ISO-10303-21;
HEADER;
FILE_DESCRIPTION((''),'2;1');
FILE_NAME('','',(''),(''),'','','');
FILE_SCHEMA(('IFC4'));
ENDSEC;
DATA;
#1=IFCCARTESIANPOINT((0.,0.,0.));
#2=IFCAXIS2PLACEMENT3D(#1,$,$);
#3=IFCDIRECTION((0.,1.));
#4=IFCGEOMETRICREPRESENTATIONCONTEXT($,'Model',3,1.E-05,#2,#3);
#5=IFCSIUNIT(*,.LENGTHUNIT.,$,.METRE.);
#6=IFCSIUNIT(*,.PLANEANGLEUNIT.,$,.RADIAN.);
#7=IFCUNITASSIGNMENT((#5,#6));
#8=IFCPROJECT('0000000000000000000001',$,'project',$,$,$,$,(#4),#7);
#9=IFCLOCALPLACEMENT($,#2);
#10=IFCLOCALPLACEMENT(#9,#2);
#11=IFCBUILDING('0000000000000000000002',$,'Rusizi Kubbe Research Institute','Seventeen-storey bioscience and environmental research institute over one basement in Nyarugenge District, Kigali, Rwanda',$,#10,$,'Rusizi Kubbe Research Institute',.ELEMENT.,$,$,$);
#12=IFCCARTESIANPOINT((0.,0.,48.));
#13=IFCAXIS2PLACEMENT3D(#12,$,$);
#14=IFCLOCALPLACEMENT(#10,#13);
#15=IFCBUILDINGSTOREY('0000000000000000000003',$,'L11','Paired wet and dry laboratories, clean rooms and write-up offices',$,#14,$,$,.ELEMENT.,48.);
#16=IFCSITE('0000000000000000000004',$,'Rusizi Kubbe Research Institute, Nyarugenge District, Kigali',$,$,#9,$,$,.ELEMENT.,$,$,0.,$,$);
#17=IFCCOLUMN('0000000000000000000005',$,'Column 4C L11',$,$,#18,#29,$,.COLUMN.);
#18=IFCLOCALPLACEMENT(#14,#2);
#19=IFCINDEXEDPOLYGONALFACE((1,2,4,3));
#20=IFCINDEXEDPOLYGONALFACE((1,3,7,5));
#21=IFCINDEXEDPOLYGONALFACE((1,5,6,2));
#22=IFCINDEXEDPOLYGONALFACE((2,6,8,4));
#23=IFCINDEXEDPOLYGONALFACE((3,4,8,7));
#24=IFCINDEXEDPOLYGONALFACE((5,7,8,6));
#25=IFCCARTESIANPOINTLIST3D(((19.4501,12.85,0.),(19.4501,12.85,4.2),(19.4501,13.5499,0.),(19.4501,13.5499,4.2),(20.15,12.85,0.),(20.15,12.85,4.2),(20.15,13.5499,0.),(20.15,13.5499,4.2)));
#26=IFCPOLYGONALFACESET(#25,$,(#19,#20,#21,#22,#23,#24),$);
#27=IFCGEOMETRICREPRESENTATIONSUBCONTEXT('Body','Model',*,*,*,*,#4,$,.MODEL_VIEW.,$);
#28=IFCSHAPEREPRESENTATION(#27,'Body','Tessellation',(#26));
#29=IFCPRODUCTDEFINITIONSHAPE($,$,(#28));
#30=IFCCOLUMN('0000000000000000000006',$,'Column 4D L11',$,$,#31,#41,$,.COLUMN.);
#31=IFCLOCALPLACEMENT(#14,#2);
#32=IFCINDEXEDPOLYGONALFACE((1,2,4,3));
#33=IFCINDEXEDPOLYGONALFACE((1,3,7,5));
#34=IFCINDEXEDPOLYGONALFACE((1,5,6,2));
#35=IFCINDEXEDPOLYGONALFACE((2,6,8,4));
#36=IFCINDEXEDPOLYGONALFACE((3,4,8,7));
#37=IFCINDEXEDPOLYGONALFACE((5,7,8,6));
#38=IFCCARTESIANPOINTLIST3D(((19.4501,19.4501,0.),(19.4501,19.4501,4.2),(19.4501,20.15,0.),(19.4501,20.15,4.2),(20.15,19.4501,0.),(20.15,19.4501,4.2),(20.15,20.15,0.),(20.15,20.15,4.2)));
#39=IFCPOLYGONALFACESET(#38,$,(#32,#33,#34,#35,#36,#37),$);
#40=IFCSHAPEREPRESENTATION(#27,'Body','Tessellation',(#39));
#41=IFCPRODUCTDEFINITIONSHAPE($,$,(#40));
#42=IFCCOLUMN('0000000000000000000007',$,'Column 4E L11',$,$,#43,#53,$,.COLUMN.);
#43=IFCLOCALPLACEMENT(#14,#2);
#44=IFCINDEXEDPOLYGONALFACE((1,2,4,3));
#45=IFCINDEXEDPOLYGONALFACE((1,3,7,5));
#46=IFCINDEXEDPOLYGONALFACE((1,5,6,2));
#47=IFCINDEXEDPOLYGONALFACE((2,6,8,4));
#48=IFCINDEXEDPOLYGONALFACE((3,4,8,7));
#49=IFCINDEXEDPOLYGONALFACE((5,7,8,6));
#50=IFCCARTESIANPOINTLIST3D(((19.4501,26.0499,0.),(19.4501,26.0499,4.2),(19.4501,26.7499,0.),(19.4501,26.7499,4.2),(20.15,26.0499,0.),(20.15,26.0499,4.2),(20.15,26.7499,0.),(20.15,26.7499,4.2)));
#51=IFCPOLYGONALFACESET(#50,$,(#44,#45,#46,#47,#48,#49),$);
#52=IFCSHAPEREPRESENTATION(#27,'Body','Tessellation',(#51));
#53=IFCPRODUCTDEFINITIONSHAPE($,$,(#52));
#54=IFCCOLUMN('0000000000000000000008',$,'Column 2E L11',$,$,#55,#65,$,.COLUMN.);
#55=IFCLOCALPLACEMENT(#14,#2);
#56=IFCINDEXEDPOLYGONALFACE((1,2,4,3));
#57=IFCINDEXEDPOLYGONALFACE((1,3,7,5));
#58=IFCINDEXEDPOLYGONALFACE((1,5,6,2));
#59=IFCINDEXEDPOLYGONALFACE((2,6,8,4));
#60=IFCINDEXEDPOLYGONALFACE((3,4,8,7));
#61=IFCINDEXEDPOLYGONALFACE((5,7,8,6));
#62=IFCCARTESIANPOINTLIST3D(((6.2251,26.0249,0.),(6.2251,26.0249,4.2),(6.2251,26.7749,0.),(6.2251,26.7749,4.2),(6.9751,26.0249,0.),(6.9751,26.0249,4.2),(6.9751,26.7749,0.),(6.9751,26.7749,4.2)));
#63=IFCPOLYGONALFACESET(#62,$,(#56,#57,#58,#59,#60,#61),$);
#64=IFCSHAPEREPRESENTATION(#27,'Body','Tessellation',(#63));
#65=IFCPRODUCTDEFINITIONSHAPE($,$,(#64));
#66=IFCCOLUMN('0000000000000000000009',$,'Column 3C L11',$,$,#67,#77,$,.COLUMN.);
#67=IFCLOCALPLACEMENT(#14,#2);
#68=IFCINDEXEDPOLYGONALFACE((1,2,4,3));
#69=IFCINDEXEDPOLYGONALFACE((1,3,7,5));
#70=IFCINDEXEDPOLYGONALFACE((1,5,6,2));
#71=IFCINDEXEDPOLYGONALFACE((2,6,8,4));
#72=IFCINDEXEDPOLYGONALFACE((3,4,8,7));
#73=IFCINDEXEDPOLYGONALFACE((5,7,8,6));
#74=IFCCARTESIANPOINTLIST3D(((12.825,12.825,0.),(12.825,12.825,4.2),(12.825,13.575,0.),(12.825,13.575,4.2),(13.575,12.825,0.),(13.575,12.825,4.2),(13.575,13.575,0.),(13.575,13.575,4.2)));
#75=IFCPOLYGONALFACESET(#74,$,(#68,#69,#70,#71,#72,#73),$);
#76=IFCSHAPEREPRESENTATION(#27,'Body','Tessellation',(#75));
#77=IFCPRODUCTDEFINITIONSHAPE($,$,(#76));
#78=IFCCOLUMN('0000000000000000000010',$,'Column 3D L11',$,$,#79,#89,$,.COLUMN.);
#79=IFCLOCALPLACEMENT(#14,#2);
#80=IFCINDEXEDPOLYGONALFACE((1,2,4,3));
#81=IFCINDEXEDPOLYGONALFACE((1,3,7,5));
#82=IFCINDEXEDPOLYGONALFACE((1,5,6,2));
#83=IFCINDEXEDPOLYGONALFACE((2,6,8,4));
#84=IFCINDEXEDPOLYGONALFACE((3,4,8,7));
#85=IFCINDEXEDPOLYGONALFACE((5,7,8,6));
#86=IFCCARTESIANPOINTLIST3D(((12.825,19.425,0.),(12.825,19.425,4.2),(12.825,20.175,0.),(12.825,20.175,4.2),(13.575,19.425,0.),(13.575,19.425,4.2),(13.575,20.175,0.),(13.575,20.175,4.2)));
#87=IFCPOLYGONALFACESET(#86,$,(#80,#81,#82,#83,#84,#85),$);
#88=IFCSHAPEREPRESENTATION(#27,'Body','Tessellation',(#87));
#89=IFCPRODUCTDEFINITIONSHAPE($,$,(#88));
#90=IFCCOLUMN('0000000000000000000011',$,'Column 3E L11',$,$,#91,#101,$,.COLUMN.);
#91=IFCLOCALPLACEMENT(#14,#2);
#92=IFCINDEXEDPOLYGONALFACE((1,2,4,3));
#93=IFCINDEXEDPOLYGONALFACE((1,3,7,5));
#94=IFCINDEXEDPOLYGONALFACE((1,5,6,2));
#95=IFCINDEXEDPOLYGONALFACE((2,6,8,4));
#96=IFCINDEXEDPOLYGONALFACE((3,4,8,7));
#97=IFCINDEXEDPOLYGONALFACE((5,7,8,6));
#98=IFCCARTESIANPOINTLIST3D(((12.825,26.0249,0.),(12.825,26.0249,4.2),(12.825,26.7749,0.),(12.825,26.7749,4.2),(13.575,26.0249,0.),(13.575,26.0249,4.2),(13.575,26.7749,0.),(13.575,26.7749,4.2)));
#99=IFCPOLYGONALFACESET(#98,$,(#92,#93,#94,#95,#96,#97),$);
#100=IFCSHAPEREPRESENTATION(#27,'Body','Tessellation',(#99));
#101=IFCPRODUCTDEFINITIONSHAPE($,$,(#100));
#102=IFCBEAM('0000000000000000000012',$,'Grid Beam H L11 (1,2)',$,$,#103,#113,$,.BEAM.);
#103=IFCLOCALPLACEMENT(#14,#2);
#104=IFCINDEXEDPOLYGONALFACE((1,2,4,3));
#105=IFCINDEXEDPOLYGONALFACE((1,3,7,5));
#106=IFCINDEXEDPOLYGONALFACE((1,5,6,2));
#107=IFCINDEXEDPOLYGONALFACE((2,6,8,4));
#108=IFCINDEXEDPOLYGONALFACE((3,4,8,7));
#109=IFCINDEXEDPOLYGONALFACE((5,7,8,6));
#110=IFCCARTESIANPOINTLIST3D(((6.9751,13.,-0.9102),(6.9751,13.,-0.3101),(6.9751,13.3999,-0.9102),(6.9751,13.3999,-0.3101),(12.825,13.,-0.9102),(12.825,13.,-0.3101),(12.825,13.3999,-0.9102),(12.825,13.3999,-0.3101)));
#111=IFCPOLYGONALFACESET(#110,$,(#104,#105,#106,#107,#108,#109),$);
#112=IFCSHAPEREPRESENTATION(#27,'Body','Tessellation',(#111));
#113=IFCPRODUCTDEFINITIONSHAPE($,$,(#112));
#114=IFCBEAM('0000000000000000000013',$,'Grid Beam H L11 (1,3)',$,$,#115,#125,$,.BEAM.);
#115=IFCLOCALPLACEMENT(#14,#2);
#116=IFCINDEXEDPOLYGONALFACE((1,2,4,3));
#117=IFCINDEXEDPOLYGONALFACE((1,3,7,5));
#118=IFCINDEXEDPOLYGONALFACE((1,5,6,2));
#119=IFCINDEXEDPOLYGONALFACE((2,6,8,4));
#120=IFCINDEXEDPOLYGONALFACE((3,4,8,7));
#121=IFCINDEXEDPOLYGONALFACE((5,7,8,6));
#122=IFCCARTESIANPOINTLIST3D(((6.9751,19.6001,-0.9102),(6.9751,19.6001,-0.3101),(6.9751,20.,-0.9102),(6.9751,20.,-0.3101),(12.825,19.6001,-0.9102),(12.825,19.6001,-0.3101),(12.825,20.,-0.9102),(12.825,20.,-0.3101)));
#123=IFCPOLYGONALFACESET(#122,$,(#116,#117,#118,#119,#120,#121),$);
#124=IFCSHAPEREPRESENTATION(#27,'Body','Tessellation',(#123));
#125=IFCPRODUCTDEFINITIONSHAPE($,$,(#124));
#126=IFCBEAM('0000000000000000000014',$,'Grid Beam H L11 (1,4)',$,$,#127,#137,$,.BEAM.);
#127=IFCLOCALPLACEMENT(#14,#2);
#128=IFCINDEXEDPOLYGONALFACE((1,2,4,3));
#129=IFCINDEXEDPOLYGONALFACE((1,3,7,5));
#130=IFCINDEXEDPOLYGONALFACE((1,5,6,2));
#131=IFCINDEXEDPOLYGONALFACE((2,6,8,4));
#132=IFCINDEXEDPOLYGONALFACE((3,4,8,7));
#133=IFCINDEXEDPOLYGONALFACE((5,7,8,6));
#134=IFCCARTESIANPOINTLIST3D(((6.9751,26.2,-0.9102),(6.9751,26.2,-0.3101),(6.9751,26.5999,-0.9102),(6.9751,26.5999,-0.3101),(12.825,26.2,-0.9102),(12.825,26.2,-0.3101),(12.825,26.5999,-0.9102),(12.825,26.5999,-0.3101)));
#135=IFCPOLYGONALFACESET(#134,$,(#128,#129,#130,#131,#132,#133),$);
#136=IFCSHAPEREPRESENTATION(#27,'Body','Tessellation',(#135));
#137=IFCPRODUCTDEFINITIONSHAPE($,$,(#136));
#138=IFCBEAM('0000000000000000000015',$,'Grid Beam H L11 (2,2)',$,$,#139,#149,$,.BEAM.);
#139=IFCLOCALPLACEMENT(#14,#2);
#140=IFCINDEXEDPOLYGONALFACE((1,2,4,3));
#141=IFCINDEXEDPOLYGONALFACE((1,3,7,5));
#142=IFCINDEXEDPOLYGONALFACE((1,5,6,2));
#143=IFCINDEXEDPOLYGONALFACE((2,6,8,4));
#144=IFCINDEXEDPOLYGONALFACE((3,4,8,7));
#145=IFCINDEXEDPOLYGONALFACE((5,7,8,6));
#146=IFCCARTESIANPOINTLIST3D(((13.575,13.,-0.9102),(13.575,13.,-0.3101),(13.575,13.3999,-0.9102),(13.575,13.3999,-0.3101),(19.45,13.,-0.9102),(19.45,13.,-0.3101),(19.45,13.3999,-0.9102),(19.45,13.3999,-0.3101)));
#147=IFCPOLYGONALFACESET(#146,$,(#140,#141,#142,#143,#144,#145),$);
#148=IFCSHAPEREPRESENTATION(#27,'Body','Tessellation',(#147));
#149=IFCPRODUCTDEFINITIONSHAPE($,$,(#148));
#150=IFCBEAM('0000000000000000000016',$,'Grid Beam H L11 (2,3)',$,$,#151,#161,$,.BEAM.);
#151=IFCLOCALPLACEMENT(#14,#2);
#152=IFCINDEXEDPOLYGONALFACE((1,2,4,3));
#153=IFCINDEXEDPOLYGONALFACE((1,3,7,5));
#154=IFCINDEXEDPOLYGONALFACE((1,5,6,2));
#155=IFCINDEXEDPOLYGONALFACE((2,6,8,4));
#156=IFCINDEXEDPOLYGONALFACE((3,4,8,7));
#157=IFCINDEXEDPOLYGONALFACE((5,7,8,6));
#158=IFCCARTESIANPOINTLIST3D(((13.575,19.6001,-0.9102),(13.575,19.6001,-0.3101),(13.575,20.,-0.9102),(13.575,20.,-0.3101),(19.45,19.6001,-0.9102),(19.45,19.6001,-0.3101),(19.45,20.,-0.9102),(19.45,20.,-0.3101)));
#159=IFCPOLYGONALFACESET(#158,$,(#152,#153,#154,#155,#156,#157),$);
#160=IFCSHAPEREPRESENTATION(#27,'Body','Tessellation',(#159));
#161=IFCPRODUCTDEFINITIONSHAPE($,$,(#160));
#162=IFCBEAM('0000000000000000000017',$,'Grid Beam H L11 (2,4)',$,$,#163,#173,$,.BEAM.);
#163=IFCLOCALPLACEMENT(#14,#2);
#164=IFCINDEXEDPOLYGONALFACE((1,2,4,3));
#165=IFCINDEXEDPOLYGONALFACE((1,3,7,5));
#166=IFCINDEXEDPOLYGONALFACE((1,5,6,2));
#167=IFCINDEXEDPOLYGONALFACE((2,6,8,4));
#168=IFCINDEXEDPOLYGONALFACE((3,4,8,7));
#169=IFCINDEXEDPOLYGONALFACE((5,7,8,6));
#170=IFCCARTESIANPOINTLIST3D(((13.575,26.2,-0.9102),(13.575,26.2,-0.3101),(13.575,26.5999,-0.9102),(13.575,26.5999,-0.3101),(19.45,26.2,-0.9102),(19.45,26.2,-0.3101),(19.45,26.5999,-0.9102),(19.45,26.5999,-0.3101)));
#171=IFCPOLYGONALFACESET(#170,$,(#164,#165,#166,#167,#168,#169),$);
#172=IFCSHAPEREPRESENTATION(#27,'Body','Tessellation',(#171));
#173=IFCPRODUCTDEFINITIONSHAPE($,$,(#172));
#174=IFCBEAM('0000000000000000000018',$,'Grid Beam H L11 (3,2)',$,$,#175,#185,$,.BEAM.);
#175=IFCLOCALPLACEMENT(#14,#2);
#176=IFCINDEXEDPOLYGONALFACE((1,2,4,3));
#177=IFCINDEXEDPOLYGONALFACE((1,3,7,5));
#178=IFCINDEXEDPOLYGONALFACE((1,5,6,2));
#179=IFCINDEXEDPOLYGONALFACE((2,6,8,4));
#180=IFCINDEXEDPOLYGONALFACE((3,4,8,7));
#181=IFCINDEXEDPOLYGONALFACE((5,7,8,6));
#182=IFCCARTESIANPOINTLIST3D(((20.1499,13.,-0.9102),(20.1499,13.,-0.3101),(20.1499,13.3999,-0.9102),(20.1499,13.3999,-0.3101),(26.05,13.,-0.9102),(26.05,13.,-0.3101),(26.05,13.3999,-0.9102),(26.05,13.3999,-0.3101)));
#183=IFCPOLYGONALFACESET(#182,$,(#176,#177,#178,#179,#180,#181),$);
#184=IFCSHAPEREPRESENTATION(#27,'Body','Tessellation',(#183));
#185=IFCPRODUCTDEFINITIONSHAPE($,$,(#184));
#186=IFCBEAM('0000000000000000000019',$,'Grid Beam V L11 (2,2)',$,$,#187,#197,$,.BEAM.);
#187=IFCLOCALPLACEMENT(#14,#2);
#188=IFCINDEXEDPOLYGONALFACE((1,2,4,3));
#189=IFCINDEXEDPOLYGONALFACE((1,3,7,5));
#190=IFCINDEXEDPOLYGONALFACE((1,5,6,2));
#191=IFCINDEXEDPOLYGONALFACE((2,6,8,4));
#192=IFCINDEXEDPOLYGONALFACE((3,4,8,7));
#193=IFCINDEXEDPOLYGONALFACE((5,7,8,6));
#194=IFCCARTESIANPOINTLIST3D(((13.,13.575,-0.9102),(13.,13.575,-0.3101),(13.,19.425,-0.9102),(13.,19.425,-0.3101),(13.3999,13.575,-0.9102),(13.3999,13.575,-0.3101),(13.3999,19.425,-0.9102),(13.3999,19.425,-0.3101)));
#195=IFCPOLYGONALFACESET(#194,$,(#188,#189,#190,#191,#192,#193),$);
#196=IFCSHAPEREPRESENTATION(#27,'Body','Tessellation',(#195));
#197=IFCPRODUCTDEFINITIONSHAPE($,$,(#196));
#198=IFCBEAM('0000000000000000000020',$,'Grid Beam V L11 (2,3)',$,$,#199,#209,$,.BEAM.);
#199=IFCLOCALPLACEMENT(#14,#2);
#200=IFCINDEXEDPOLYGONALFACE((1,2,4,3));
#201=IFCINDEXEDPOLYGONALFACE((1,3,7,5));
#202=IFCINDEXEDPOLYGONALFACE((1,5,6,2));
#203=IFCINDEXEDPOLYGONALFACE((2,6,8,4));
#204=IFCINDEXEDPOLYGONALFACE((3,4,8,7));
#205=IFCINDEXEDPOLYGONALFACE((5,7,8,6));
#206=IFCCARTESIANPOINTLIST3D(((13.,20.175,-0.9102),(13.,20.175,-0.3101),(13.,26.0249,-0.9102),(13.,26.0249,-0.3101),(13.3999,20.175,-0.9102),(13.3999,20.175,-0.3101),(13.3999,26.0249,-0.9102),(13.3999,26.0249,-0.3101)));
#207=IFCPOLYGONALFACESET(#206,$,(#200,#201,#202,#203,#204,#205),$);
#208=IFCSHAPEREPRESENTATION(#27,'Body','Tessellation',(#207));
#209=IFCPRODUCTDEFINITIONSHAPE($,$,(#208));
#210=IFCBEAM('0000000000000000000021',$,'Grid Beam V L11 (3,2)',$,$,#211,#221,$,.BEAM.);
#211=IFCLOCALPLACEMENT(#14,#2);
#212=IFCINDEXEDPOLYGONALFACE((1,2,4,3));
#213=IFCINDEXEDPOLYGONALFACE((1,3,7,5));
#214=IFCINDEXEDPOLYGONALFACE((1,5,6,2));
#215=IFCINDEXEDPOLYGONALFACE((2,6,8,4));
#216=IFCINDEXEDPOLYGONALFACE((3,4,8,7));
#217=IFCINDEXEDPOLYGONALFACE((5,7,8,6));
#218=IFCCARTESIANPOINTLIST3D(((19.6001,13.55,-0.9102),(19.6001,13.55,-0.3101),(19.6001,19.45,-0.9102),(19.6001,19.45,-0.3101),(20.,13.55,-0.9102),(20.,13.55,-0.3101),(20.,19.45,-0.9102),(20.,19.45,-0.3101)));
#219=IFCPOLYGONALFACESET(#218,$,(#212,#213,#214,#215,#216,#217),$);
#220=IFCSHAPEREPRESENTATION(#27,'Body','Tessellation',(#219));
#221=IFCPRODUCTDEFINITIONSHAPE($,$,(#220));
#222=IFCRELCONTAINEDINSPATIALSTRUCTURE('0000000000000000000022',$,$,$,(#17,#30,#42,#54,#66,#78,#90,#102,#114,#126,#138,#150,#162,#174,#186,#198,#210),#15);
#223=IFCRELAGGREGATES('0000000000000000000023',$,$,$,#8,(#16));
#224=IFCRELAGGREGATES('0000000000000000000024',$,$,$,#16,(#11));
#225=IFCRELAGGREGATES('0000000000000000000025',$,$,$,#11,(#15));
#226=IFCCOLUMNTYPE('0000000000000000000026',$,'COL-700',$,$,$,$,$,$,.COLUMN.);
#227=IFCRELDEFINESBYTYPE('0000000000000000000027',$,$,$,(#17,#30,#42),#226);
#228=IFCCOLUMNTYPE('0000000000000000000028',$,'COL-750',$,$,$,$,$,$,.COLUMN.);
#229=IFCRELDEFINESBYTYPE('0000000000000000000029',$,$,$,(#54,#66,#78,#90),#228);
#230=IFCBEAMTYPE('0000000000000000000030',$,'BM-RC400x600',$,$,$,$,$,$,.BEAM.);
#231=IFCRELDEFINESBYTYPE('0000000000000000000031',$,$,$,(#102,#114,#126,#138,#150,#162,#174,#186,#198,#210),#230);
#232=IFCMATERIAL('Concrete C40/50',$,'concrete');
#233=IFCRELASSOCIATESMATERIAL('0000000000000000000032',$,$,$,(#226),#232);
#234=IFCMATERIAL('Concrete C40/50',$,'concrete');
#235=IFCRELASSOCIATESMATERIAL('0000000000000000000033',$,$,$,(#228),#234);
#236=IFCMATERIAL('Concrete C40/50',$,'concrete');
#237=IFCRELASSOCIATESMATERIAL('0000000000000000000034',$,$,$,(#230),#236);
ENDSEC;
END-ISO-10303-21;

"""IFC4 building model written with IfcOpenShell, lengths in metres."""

from ifc_helpers import new_model, si_unit, direction, frame, origin, origin_2d, place, context, subcontext, project, spatial, rectangle, extrude, material, material_profile, profile_set, type_object, element, save


model = new_model("IFC4")

# Units and contexts
model_context = context("Model", 3, precision=1e-05, world=origin(), true_north=direction((0.0, 1.0)))
body_context = subcontext(model_context, "Body", "Model", "MODEL_VIEW")
ifc_project = project(units=[si_unit("LENGTHUNIT", "METRE"), si_unit("PLANEANGLEUNIT", "RADIAN")], contexts=[model_context])

# Site, building, storey
site_placement = place(None, origin())
site = spatial("IfcSite", under=ifc_project, at=site_placement, Name="Rusizi Kubbe Research Institute, Nyarugenge District, Kigali", CompositionType="ELEMENT", RefElevation=0.0)
building_placement = place(site_placement, origin())
building = spatial("IfcBuilding", under=site, at=building_placement, Name="Rusizi Kubbe Research Institute", Description="Seventeen-storey bioscience and environmental research institute over one basement in Nyarugenge District, Kigali, Rwanda", LongName="Rusizi Kubbe Research Institute", CompositionType="ELEMENT")
storey_placement = place(building_placement, frame((0.0, 0.0, 48.0)))
storey = spatial("IfcBuildingStorey", under=building, at=storey_placement, Name="L11", Description="Paired wet and dry laboratories, clean rooms and write-up offices", CompositionType="ELEMENT", Elevation=48.0)

# Columns
ifc_material_1 = material(Name="Concrete C40/50", Category="concrete")
ifc_material_profile_1 = material_profile(ifc_material_1, rectangle(XDim=0.7, YDim=0.7, at=origin_2d()), Name="RC700x700")
ifc_profile_set_1 = profile_set([ifc_material_profile_1], Name="Concrete C40/50")
column_type_1 = type_object("IfcColumnType", Name="COL-700", PredefinedType="COLUMN", material=ifc_profile_set_1)
for number, where, z_axis, x_axis, name in (
    (1, (19.8, 13.2, 0.0), (0.0, 0.0, 1.0), (1.0, 0.0, 0.0), "Column 4C L11"),
    (2, (19.8, 19.8, 0.0), (0.0, 0.0, 1.0), (1.0, 0.0, 0.0), "Column 4D L11"),
    (3, (19.8, 26.3999, 0.0), (0.0, 0.0, 1.0), (1.0, 0.0, 0.0), "Column 4E L11"),
):
    element("IfcColumn", number, at=place(storey_placement, frame(where, z_axis=z_axis, x_axis=x_axis)), inside=storey, type_object=column_type_1, Name=name, PredefinedType="COLUMN", context=body_context, shape_type="SweptSolid", body=[
        extrude(rectangle(XDim=0.7, YDim=0.7, at=origin_2d()), origin(), (0.0, 0.0, 1.0), 4.2),
    ])
ifc_material_2 = material(Name="Concrete C40/50", Category="concrete")
ifc_material_profile_2 = material_profile(ifc_material_2, rectangle(XDim=0.75, YDim=0.75, at=origin_2d()), Name="RC750x750")
ifc_profile_set_2 = profile_set([ifc_material_profile_2], Name="Concrete C40/50")
column_type_2 = type_object("IfcColumnType", Name="COL-750", PredefinedType="COLUMN", material=ifc_profile_set_2)
for number, where, z_axis, x_axis, name in (
    (4, (6.6001, 26.3999, 0.0), (0.0, 0.0, 1.0), (1.0, 0.0, 0.0), "Column 2E L11"),
    (5, (13.2, 13.2, 0.0), (0.0, 0.0, 1.0), (1.0, 0.0, 0.0), "Column 3C L11"),
    (6, (13.2, 19.8, 0.0), (0.0, 0.0, 1.0), (1.0, 0.0, 0.0), "Column 3D L11"),
    (7, (13.2, 26.3999, 0.0), (0.0, 0.0, 1.0), (1.0, 0.0, 0.0), "Column 3E L11"),
):
    element("IfcColumn", number, at=place(storey_placement, frame(where, z_axis=z_axis, x_axis=x_axis)), inside=storey, type_object=column_type_2, Name=name, PredefinedType="COLUMN", context=body_context, shape_type="SweptSolid", body=[
        extrude(rectangle(XDim=0.75, YDim=0.75, at=origin_2d()), origin(), (0.0, 0.0, 1.0), 4.2),
    ])

# Beams
ifc_material_3 = material(Name="Concrete C40/50", Category="concrete")
ifc_material_profile_3 = material_profile(ifc_material_3, rectangle(XDim=0.3999, YDim=0.6001, at=origin_2d()), Name="RC400x600")
ifc_profile_set_3 = profile_set([ifc_material_profile_3], Name="Concrete C40/50")
beam_type = type_object("IfcBeamType", Name="BM-RC400x600", PredefinedType="BEAM", material=ifc_profile_set_3)
for number, where, z_axis, x_axis, name in (
    (8, (6.9751, 13.2, -0.6101), (1.0, 0.0, 0.0), (0.0, 1.0, 0.0), "Grid Beam H L11 (1,2)"),
    (9, (6.9751, 19.8, -0.6101), (1.0, 0.0, 0.0), (0.0, 1.0, 0.0), "Grid Beam H L11 (1,3)"),
    (10, (6.9751, 26.3999, -0.6101), (1.0, 0.0, 0.0), (0.0, 1.0, 0.0), "Grid Beam H L11 (1,4)"),
):
    element("IfcBeam", number, at=place(storey_placement, frame(where, z_axis=z_axis, x_axis=x_axis)), inside=storey, type_object=beam_type, Name=name, PredefinedType="BEAM", context=body_context, shape_type="SweptSolid", body=[
        extrude(rectangle(XDim=0.3999, YDim=0.6001, at=origin_2d()), origin(), (0.0, 0.0, 1.0), 5.8499),
    ])
for number, where, z_axis, x_axis, name in (
    (11, (13.575, 13.2, -0.6101), (1.0, 0.0, 0.0), (0.0, 1.0, 0.0), "Grid Beam H L11 (2,2)"),
    (12, (13.575, 19.8, -0.6101), (1.0, 0.0, 0.0), (0.0, 1.0, 0.0), "Grid Beam H L11 (2,3)"),
    (13, (13.575, 26.3999, -0.6101), (1.0, 0.0, 0.0), (0.0, 1.0, 0.0), "Grid Beam H L11 (2,4)"),
):
    element("IfcBeam", number, at=place(storey_placement, frame(where, z_axis=z_axis, x_axis=x_axis)), inside=storey, type_object=beam_type, Name=name, PredefinedType="BEAM", context=body_context, shape_type="SweptSolid", body=[
        extrude(rectangle(XDim=0.3999, YDim=0.6001, at=origin_2d()), origin(), (0.0, 0.0, 1.0), 5.875),
    ])
beam_1_placement = place(storey_placement, frame((20.1499, 13.2, -0.6101), z_axis=(1.0, 0.0, 0.0), x_axis=(0.0, 1.0, 0.0)))
element("IfcBeam", 14, at=beam_1_placement, inside=storey, type_object=beam_type, Name="Grid Beam H L11 (3,2)", PredefinedType="BEAM", context=body_context, shape_type="SweptSolid", body=[
    extrude(rectangle(XDim=0.3999, YDim=0.6001, at=origin_2d()), origin(), (0.0, 0.0, 1.0), 5.9001),
])
beam_2_placement = place(storey_placement, frame((13.2, 13.575, -0.6101), z_axis=(0.0, 1.0, 0.0), x_axis=(-1.0, 0.0, 0.0)))
element("IfcBeam", 15, at=beam_2_placement, inside=storey, type_object=beam_type, Name="Grid Beam V L11 (2,2)", PredefinedType="BEAM", context=body_context, shape_type="SweptSolid", body=[
    extrude(rectangle(XDim=0.3999, YDim=0.6001, at=origin_2d()), origin(), (0.0, 0.0, 1.0), 5.8501),
])
beam_3_placement = place(storey_placement, frame((13.2, 20.175, -0.6101), z_axis=(0.0, 1.0, 0.0), x_axis=(-1.0, 0.0, 0.0)))
element("IfcBeam", 16, at=beam_3_placement, inside=storey, type_object=beam_type, Name="Grid Beam V L11 (2,3)", PredefinedType="BEAM", context=body_context, shape_type="SweptSolid", body=[
    extrude(rectangle(XDim=0.3999, YDim=0.6001, at=origin_2d()), origin(), (0.0, 0.0, 1.0), 5.8499),
])
beam_4_placement = place(storey_placement, frame((19.8, 13.55, -0.6101), z_axis=(0.0, 1.0, 0.0), x_axis=(-1.0, 0.0, 0.0)))
element("IfcBeam", 17, at=beam_4_placement, inside=storey, type_object=beam_type, Name="Grid Beam V L11 (3,2)", PredefinedType="BEAM", context=body_context, shape_type="SweptSolid", body=[
    extrude(rectangle(XDim=0.3999, YDim=0.6001, at=origin_2d()), origin(), (0.0, 0.0, 1.0), 5.8999),
])

save(model, "model.ifc")
